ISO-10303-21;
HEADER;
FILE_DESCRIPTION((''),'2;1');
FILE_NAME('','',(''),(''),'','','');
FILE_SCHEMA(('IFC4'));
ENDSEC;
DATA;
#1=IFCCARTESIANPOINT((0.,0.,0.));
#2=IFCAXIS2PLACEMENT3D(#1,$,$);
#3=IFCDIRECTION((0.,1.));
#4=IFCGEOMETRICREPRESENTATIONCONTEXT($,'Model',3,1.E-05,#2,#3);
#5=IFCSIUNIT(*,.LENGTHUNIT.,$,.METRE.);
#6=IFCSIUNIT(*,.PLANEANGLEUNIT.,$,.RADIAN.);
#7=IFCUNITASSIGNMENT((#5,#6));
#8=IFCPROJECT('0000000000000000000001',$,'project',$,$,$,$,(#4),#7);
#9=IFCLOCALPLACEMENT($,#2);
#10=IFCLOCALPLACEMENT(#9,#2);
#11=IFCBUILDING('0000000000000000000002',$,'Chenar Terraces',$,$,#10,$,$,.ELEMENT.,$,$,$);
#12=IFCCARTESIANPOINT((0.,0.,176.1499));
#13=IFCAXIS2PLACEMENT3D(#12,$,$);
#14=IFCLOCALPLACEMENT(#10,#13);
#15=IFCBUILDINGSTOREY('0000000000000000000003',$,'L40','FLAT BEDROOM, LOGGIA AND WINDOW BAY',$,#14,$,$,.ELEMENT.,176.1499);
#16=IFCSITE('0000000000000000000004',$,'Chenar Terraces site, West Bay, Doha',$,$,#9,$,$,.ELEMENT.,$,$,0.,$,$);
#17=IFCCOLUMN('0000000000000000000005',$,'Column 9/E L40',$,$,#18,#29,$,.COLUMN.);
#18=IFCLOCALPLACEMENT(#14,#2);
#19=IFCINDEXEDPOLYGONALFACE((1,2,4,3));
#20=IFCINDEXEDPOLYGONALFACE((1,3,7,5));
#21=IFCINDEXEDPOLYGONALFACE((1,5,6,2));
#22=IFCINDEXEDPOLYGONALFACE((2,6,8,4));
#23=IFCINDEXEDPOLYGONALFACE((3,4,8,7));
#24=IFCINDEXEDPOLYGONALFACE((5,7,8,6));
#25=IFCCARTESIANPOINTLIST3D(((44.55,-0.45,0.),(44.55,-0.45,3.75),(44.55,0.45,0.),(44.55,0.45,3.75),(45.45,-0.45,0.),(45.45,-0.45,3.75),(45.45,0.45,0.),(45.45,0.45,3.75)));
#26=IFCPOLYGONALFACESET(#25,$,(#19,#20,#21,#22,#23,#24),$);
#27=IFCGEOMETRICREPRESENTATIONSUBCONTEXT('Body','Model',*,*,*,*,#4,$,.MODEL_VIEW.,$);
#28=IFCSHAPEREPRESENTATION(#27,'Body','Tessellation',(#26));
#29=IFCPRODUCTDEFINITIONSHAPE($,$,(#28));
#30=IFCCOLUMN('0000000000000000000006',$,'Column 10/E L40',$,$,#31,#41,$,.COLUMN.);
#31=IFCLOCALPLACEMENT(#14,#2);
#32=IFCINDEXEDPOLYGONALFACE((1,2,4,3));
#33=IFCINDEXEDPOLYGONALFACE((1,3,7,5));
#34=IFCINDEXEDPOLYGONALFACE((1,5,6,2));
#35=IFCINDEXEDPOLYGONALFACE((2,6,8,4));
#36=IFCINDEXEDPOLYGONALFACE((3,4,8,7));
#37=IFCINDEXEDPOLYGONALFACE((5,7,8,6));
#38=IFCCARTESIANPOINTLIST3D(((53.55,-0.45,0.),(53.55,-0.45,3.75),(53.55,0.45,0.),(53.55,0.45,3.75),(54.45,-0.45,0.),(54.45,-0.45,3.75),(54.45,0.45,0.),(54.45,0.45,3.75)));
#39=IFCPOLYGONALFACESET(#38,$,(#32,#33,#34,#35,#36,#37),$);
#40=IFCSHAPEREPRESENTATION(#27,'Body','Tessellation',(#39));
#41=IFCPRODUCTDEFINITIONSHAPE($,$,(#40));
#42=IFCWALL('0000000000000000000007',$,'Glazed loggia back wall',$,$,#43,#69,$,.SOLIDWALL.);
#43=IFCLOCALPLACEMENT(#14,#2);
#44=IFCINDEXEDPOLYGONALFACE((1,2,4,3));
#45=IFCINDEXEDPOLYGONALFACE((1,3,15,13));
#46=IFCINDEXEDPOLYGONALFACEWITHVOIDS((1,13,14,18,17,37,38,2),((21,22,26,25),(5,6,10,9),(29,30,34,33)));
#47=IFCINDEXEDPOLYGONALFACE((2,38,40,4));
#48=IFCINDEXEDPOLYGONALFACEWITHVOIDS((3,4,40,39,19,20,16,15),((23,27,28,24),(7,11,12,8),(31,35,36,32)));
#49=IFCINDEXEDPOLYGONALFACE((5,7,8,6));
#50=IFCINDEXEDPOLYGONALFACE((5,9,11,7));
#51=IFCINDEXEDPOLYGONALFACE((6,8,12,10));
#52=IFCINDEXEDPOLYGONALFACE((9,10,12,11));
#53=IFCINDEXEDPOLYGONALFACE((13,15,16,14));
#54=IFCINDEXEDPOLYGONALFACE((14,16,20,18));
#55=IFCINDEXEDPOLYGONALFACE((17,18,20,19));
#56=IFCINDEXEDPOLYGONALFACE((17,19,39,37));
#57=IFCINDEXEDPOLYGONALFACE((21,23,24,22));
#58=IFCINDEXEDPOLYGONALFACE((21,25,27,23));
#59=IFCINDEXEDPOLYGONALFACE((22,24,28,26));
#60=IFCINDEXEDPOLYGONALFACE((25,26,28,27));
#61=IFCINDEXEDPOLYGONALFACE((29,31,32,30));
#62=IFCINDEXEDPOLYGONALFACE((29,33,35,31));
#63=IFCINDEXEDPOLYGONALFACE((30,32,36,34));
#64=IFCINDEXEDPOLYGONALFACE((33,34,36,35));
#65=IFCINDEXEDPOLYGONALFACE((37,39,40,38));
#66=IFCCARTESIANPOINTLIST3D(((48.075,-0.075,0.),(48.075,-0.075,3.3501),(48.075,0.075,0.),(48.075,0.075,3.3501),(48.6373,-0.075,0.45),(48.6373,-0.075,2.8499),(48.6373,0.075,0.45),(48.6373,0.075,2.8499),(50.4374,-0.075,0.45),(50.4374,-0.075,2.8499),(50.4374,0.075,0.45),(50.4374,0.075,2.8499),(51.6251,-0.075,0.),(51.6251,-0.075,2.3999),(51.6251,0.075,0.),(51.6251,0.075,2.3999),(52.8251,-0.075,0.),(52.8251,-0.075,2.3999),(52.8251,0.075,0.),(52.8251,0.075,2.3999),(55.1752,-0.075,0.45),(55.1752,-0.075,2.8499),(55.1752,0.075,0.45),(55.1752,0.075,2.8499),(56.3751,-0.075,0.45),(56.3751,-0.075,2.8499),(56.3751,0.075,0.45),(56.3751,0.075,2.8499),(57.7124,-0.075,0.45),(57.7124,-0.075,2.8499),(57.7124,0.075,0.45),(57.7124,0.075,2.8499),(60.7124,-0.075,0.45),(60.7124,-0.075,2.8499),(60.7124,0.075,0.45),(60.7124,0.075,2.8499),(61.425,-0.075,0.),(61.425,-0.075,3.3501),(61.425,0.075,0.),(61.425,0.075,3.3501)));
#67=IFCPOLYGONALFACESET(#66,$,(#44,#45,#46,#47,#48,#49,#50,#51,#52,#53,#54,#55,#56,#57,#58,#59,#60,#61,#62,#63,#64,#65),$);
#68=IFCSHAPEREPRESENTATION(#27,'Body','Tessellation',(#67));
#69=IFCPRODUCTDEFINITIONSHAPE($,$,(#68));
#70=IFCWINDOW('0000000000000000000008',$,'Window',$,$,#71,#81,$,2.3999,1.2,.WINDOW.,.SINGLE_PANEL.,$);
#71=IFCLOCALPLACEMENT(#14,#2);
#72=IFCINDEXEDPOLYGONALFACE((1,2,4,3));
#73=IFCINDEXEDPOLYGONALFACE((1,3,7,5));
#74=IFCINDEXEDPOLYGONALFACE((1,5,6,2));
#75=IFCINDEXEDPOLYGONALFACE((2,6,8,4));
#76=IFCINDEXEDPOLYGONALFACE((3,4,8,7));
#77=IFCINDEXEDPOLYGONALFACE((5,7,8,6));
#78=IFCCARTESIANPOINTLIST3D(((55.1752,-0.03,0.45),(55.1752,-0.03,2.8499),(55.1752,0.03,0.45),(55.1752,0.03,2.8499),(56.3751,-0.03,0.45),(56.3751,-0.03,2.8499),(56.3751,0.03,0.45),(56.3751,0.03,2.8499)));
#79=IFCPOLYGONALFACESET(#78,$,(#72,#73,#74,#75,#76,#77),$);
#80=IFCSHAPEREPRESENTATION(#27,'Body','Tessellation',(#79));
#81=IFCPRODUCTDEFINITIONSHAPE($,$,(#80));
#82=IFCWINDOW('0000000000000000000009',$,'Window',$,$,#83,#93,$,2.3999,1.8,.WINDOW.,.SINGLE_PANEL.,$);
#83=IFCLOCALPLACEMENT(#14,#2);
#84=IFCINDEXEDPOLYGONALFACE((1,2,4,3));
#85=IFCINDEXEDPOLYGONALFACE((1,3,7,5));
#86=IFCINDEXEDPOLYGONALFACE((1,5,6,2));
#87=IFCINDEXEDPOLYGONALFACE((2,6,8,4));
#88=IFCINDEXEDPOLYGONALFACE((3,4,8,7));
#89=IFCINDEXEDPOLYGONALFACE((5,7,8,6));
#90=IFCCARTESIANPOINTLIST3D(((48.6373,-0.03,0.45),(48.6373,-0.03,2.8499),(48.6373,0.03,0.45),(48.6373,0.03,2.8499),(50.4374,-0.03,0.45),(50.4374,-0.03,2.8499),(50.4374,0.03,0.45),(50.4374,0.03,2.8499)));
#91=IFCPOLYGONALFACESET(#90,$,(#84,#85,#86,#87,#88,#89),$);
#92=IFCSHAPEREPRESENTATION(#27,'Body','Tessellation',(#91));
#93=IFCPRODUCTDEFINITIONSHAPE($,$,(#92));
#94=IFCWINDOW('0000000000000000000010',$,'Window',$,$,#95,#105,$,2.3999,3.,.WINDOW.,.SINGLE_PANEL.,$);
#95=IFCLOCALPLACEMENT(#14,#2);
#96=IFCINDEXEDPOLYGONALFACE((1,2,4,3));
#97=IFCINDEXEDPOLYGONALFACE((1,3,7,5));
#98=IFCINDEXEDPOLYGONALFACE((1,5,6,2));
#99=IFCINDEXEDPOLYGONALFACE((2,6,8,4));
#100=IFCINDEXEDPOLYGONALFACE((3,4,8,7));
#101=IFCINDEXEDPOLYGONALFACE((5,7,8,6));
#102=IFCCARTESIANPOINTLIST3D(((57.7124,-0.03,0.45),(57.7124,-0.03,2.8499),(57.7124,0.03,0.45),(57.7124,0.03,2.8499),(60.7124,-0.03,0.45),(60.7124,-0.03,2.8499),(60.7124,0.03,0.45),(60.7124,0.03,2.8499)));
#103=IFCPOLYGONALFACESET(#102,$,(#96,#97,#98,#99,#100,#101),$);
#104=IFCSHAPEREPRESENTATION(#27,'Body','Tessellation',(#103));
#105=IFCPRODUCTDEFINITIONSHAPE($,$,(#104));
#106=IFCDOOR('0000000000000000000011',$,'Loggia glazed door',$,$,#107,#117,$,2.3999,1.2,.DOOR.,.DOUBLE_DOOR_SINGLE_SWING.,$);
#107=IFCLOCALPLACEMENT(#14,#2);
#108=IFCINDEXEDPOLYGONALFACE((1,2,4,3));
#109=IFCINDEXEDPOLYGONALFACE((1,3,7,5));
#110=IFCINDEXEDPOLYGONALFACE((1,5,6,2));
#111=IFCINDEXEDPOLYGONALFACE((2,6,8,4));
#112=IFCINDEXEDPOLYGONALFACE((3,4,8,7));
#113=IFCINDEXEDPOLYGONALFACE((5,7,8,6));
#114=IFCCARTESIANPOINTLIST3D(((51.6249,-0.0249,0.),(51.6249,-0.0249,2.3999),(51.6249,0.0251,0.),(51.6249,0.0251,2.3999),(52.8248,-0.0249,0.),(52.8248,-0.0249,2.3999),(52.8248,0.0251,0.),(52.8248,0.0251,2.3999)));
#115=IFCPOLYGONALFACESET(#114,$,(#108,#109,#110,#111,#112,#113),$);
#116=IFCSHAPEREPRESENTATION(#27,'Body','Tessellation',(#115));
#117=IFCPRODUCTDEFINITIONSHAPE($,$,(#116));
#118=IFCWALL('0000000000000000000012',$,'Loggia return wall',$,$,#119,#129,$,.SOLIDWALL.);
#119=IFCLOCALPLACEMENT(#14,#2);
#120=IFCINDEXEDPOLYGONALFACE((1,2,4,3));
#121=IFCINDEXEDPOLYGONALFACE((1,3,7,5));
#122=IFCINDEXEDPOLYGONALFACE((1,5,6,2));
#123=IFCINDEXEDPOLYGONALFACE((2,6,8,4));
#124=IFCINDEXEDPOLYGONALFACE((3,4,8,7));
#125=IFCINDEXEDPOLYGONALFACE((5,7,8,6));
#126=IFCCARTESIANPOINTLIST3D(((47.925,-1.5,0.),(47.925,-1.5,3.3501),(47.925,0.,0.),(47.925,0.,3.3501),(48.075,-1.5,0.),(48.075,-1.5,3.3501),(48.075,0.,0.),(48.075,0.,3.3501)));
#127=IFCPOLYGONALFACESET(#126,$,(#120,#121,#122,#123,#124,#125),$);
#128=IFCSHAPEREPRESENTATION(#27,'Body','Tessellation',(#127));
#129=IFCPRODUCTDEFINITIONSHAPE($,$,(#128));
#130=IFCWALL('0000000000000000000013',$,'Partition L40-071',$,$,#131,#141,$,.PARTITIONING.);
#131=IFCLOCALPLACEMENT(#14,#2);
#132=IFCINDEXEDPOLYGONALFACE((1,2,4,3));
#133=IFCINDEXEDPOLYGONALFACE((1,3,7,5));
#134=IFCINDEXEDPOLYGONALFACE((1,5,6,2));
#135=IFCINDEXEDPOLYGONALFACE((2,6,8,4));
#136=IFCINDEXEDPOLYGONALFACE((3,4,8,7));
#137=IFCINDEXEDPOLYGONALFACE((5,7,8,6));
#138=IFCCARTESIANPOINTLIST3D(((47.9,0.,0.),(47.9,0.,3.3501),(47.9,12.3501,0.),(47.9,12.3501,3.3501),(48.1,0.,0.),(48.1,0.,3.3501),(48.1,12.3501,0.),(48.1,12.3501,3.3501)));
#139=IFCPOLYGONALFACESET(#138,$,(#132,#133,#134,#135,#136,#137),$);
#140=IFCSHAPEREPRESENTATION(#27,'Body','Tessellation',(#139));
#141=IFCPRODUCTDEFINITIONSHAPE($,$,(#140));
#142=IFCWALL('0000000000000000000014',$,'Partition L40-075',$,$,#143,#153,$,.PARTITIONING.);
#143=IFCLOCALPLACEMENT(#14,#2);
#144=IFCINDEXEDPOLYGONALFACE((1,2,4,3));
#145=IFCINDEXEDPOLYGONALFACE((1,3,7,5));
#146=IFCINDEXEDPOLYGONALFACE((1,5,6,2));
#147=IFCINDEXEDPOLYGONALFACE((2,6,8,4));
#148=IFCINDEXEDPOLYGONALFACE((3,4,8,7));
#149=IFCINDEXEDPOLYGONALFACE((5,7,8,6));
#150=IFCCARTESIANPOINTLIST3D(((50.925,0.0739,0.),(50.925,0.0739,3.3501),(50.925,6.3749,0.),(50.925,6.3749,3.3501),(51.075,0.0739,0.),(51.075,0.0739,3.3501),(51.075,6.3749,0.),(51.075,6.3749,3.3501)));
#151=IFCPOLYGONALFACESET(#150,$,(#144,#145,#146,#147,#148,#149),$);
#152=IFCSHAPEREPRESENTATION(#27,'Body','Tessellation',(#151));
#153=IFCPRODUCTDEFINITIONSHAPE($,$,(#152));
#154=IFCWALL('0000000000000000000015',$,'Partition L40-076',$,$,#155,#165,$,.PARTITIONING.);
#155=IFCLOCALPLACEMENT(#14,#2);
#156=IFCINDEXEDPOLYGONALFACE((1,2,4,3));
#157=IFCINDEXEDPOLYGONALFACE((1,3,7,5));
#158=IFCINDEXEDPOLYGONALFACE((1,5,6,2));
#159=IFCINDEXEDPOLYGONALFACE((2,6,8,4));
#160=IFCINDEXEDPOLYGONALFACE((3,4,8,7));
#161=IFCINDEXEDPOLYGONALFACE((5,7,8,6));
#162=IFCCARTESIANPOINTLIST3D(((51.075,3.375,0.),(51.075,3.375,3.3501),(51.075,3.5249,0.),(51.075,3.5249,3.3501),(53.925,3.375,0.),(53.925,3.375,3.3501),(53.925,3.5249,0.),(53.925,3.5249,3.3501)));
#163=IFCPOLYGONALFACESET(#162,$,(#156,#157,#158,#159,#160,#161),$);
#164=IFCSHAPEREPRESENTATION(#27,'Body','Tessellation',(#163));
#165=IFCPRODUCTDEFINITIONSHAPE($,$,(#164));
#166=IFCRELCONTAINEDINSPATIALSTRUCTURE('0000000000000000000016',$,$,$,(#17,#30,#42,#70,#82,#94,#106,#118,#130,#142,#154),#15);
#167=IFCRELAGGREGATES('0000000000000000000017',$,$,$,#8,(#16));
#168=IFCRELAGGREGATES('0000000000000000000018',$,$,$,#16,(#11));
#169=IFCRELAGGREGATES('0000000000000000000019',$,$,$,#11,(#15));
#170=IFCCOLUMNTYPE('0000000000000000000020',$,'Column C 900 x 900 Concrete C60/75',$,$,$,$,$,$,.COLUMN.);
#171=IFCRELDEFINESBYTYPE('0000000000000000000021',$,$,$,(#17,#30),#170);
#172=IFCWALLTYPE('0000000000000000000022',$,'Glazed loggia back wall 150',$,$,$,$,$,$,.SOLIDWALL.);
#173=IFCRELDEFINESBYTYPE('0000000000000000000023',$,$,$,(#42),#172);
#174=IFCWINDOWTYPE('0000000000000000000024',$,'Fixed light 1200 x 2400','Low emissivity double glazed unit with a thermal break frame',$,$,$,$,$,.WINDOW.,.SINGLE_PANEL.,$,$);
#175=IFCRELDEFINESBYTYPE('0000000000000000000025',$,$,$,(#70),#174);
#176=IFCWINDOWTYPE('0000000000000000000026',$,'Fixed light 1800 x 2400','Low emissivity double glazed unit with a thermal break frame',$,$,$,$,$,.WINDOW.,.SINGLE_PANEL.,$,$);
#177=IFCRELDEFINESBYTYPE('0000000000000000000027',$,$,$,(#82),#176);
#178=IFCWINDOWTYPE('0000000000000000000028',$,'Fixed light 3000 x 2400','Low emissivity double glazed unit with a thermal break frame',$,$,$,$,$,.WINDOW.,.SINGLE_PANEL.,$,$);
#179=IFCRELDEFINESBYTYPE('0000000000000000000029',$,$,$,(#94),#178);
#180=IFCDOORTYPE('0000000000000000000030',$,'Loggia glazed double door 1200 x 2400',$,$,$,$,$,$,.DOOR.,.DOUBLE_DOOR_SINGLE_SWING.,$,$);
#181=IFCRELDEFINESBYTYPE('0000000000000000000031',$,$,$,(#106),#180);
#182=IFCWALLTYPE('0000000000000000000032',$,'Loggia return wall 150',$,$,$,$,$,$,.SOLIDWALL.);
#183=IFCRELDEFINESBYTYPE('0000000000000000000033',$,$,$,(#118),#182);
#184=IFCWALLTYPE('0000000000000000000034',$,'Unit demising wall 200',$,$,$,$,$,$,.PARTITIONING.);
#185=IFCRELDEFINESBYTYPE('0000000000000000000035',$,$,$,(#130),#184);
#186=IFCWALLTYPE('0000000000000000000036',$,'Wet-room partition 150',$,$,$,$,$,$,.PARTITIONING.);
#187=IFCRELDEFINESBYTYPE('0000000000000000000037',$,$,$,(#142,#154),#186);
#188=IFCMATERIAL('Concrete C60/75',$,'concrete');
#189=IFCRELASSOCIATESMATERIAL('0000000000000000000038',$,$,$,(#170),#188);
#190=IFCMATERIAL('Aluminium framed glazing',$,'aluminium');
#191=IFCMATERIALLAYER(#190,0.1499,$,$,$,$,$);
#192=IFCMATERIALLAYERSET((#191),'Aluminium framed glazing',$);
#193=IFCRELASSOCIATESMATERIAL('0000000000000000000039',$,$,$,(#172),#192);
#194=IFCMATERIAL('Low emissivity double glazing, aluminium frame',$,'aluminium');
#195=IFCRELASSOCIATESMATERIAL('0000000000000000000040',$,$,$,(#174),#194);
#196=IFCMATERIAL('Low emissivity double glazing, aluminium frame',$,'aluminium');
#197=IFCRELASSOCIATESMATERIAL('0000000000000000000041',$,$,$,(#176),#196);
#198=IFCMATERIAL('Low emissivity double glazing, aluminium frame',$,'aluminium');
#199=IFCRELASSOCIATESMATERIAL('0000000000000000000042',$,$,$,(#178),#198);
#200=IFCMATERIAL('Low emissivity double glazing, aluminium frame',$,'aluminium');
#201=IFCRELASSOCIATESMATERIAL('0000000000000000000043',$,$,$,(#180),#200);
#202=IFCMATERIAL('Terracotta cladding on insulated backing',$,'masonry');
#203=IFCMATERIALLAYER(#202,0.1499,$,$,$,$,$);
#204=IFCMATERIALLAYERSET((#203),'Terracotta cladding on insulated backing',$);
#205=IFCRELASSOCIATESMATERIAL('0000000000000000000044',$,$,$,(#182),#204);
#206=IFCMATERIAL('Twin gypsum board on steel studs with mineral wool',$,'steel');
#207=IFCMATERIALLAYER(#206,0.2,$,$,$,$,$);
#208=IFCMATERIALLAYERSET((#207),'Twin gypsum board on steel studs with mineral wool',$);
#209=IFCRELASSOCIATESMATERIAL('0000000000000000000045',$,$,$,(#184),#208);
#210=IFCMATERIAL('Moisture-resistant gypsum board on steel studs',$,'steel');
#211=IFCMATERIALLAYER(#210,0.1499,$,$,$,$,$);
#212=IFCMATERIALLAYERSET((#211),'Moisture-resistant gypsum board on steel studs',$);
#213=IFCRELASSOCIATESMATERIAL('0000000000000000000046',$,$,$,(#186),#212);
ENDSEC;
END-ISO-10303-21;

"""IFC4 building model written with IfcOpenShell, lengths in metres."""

from ifc_helpers import new_model, si_unit, direction, frame, frame_2d, origin, origin_2d, place, context, subcontext, project, spatial, rectangle, extrude, material, layer, layer_set, material_profile, profile_set, type_object, element, fill, save


model = new_model("IFC4")

# Units and contexts
model_context = context("Model", 3, precision=1e-05, world=origin(), true_north=direction((0.0, 1.0)))
body_context = subcontext(model_context, "Body", "Model", "MODEL_VIEW")
ifc_project = project(units=[si_unit("LENGTHUNIT", "METRE"), si_unit("PLANEANGLEUNIT", "RADIAN")], contexts=[model_context])

# Site, building, storey
site_placement = place(None, origin())
site = spatial("IfcSite", under=ifc_project, at=site_placement, Name="Chenar Terraces site, West Bay, Doha", CompositionType="ELEMENT", RefElevation=0.0)
building_placement = place(site_placement, origin())
building = spatial("IfcBuilding", under=site, at=building_placement, Name="Chenar Terraces", CompositionType="ELEMENT")
storey_placement = place(building_placement, frame((0.0, 0.0, 176.1499)))
storey = spatial("IfcBuildingStorey", under=building, at=storey_placement, Name="L40", Description="FLAT BEDROOM, LOGGIA AND WINDOW BAY", CompositionType="ELEMENT", Elevation=176.1499)

# Columns
ifc_material_1 = material(Name="Concrete C60/75", Category="concrete")
ifc_material_profile = material_profile(ifc_material_1, rectangle(XDim=0.8999, YDim=0.8999, at=origin_2d()), Name="C 900 x 900")
ifc_profile_set = profile_set([ifc_material_profile], Name="Concrete C60/75")
column_type = type_object("IfcColumnType", Name="Column C 900 x 900 Concrete C60/75", PredefinedType="COLUMN", material=ifc_profile_set)
for number, where, z_axis, x_axis, name in (
    (1, (45.0, 0.0, 0.0), (0.0, 0.0, 1.0), (1.0, 0.0, 0.0), "Column 9/E L40"),
    (2, (54.0, 0.0, 0.0), (0.0, 0.0, 1.0), (1.0, 0.0, 0.0), "Column 10/E L40"),
):
    element("IfcColumn", number, at=place(storey_placement, frame(where, z_axis=z_axis, x_axis=x_axis)), inside=storey, type_object=column_type, Name=name, PredefinedType="COLUMN", context=body_context, shape_type="SweptSolid", body=[
        extrude(rectangle(XDim=0.8999, YDim=0.8999, at=origin_2d()), origin(), (0.0, 0.0, 1.0), 3.75),
    ])

# Wall, openings, windows, door
ifc_material_2 = material(Name="Aluminium framed glazing", Category="aluminium")
ifc_layer_1 = layer(ifc_material_2, 0.1499)
ifc_layer_set_1 = layer_set([ifc_layer_1], Name="Aluminium framed glazing")
wall_type_1 = type_object("IfcWallType", Name="Glazed loggia back wall 150", PredefinedType="SOLIDWALL", material=ifc_layer_set_1)
wall_1_placement = place(storey_placement, frame((48.075, 0.0, 0.0), z_axis=(0.0, 0.0, 1.0), x_axis=(1.0, 0.0, 0.0)))
wall_1 = element("IfcWall", 3, at=wall_1_placement, inside=storey, type_object=wall_type_1, Name="Glazed loggia back wall", PredefinedType="SOLIDWALL", context=body_context, shape_type="SweptSolid", body=[
    extrude(rectangle(XDim=13.3501, YDim=0.1499, at=frame_2d((6.675, 0.0))), origin(), (0.0, 0.0, 1.0), 3.3501),
])
opening_1_placement = place(wall_1_placement, frame((0.5625, 0.0, 0.45)))
opening_1 = element("IfcOpeningElement", 4, at=opening_1_placement, cuts=wall_1, PredefinedType="OPENING", context=body_context, shape_type="SweptSolid", body=[
    extrude(rectangle(XDim=1.8, YDim=2.3999, at=frame_2d((0.8999, 1.2))), frame((0.0, 0.085, 0.0), z_axis=(0.0, -1.0, 0.0), x_axis=(1.0, 0.0, 0.0)), (0.0, 0.0, 1.0), 0.1699),
])
opening_2_placement = place(wall_1_placement, frame((3.55, 0.0, 0.0)))
opening_2 = element("IfcOpeningElement", 5, at=opening_2_placement, cuts=wall_1, PredefinedType="OPENING", context=body_context, shape_type="SweptSolid", body=[
    extrude(rectangle(XDim=1.2, YDim=2.3999, at=frame_2d((0.6001, 1.2))), frame((0.0, 0.085, 0.0), z_axis=(0.0, -1.0, 0.0), x_axis=(1.0, 0.0, 0.0)), (0.0, 0.0, 1.0), 0.1699),
])
opening_3_placement = place(wall_1_placement, frame((7.1001, 0.0, 0.45)))
opening_3 = element("IfcOpeningElement", 6, at=opening_3_placement, cuts=wall_1, PredefinedType="OPENING", context=body_context, shape_type="SweptSolid", body=[
    extrude(rectangle(XDim=1.2, YDim=2.3999, at=frame_2d((0.6001, 1.2))), frame((0.0, 0.085, 0.0), z_axis=(0.0, -1.0, 0.0), x_axis=(1.0, 0.0, 0.0)), (0.0, 0.0, 1.0), 0.1699),
])
opening_4_placement = place(wall_1_placement, frame((9.6375, 0.0, 0.45)))
opening_4 = element("IfcOpeningElement", 7, at=opening_4_placement, cuts=wall_1, PredefinedType="OPENING", context=body_context, shape_type="SweptSolid", body=[
    extrude(rectangle(XDim=3.0, YDim=2.3999, at=frame_2d((1.5, 1.2))), frame((0.0, 0.085, 0.0), z_axis=(0.0, -1.0, 0.0), x_axis=(1.0, 0.0, 0.0)), (0.0, 0.0, 1.0), 0.1699),
])
ifc_material_3 = material(Name="Low emissivity double glazing, aluminium frame", Category="aluminium")
window_type_1 = type_object("IfcWindowType", Name="Fixed light 1200 x 2400", Description="Low emissivity double glazed unit with a thermal break frame", PartitioningType="SINGLE_PANEL", PredefinedType="WINDOW", material=ifc_material_3)
window_1_placement = place(opening_3_placement, origin())
window_1 = element("IfcWindow", 8, at=window_1_placement, inside=storey, type_object=window_type_1, Name="Window", OverallHeight=2.3999, OverallWidth=1.2, PartitioningType="SINGLE_PANEL", PredefinedType="WINDOW", context=body_context, shape_type="SweptSolid", body=[
    extrude(rectangle(XDim=1.2, YDim=2.3999, at=frame_2d((0.6001, 1.2))), frame((0.0, 0.03, 0.0), z_axis=(0.0, -1.0, 0.0), x_axis=(1.0, 0.0, 0.0)), (0.0, 0.0, 1.0), 0.0601),
])
fill(opening_3, window_1)
ifc_material_4 = material(Name="Low emissivity double glazing, aluminium frame", Category="aluminium")
window_type_2 = type_object("IfcWindowType", Name="Fixed light 1800 x 2400", Description="Low emissivity double glazed unit with a thermal break frame", PartitioningType="SINGLE_PANEL", PredefinedType="WINDOW", material=ifc_material_4)
window_2_placement = place(opening_1_placement, origin())
window_2 = element("IfcWindow", 9, at=window_2_placement, inside=storey, type_object=window_type_2, Name="Window", OverallHeight=2.3999, OverallWidth=1.8, PartitioningType="SINGLE_PANEL", PredefinedType="WINDOW", context=body_context, shape_type="SweptSolid", body=[
    extrude(rectangle(XDim=1.8, YDim=2.3999, at=frame_2d((0.8999, 1.2))), frame((0.0, 0.03, 0.0), z_axis=(0.0, -1.0, 0.0), x_axis=(1.0, 0.0, 0.0)), (0.0, 0.0, 1.0), 0.0601),
])
fill(opening_1, window_2)
ifc_material_5 = material(Name="Low emissivity double glazing, aluminium frame", Category="aluminium")
window_type_3 = type_object("IfcWindowType", Name="Fixed light 3000 x 2400", Description="Low emissivity double glazed unit with a thermal break frame", PartitioningType="SINGLE_PANEL", PredefinedType="WINDOW", material=ifc_material_5)
window_3_placement = place(opening_4_placement, origin())
window_3 = element("IfcWindow", 10, at=window_3_placement, inside=storey, type_object=window_type_3, Name="Window", OverallHeight=2.3999, OverallWidth=3.0, PartitioningType="SINGLE_PANEL", PredefinedType="WINDOW", context=body_context, shape_type="SweptSolid", body=[
    extrude(rectangle(XDim=3.0, YDim=2.3999, at=frame_2d((1.5, 1.2))), frame((0.0, 0.03, 0.0), z_axis=(0.0, -1.0, 0.0), x_axis=(1.0, 0.0, 0.0)), (0.0, 0.0, 1.0), 0.0601),
])
fill(opening_4, window_3)
ifc_material_6 = material(Name="Low emissivity double glazing, aluminium frame", Category="aluminium")
door_type = type_object("IfcDoorType", Name="Loggia glazed double door 1200 x 2400", OperationType="DOUBLE_DOOR_SINGLE_SWING", PredefinedType="DOOR", material=ifc_material_6)
door_placement = place(opening_2_placement, frame((1.2, 0.0, 0.0), z_axis=(0.0, 0.0, 1.0), x_axis=(-1.0, 0.0, 0.0)))
door = element("IfcDoor", 11, at=door_placement, inside=storey, type_object=door_type, Name="Loggia glazed door", OperationType="DOUBLE_DOOR_SINGLE_SWING", OverallHeight=2.3999, OverallWidth=1.2, PredefinedType="DOOR", context=body_context, shape_type="SweptSolid", body=[
    extrude(rectangle(XDim=1.2, YDim=2.3999, at=frame_2d((0.6001, 1.2))), frame((0.0, 0.0249, 0.0), z_axis=(0.0, -1.0, 0.0), x_axis=(1.0, 0.0, 0.0)), (0.0, 0.0, 1.0), 0.05),
])
fill(opening_2, door)

# Walls
ifc_material_7 = material(Name="Terracotta cladding on insulated backing", Category="masonry")
ifc_layer_2 = layer(ifc_material_7, 0.1499)
ifc_layer_set_2 = layer_set([ifc_layer_2], Name="Terracotta cladding on insulated backing")
wall_type_2 = type_object("IfcWallType", Name="Loggia return wall 150", PredefinedType="SOLIDWALL", material=ifc_layer_set_2)
wall_2_placement = place(storey_placement, frame((48.0, -1.5, 0.0), z_axis=(0.0, 0.0, 1.0), x_axis=(0.0, 1.0, 0.0)))
element("IfcWall", 12, at=wall_2_placement, inside=storey, type_object=wall_type_2, Name="Loggia return wall", PredefinedType="SOLIDWALL", context=body_context, shape_type="SweptSolid", body=[
    extrude(rectangle(XDim=1.5, YDim=0.1499, at=frame_2d((0.75, 0.0))), origin(), (0.0, 0.0, 1.0), 3.3501),
])
ifc_material_8 = material(Name="Twin gypsum board on steel studs with mineral wool", Category="steel")
ifc_layer_3 = layer(ifc_material_8, 0.2)
ifc_layer_set_3 = layer_set([ifc_layer_3], Name="Twin gypsum board on steel studs with mineral wool")
wall_type_3 = type_object("IfcWallType", Name="Unit demising wall 200", PredefinedType="PARTITIONING", material=ifc_layer_set_3)
wall_3_placement = place(storey_placement, frame((48.0, 0.0, 0.0), z_axis=(0.0, 0.0, 1.0), x_axis=(0.0, 1.0, 0.0)))
element("IfcWall", 13, at=wall_3_placement, inside=storey, type_object=wall_type_3, Name="Partition L40-071", PredefinedType="PARTITIONING", context=body_context, shape_type="SweptSolid", body=[
    extrude(rectangle(XDim=12.3501, YDim=0.2, at=frame_2d((6.175, 0.0))), origin(), (0.0, 0.0, 1.0), 3.3501),
])
ifc_material_9 = material(Name="Moisture-resistant gypsum board on steel studs", Category="steel")
ifc_layer_4 = layer(ifc_material_9, 0.1499)
ifc_layer_set_4 = layer_set([ifc_layer_4], Name="Moisture-resistant gypsum board on steel studs")
wall_type_4 = type_object("IfcWallType", Name="Wet-room partition 150", PredefinedType="PARTITIONING", material=ifc_layer_set_4)
wall_4_placement = place(storey_placement, frame((51.0, 0.074, 0.0), z_axis=(0.0, 0.0, 1.0), x_axis=(0.0, 1.0, 0.0)))
element("IfcWall", 14, at=wall_4_placement, inside=storey, type_object=wall_type_4, Name="Partition L40-075", PredefinedType="PARTITIONING", context=body_context, shape_type="SweptSolid", body=[
    extrude(rectangle(XDim=6.301, YDim=0.1499, at=frame_2d((3.1504, 0.0))), origin(), (0.0, 0.0, 1.0), 3.3501),
])
wall_5_placement = place(storey_placement, frame((51.075, 3.45, 0.0), z_axis=(0.0, 0.0, 1.0), x_axis=(1.0, 0.0, 0.0)))
element("IfcWall", 15, at=wall_5_placement, inside=storey, type_object=wall_type_4, Name="Partition L40-076", PredefinedType="PARTITIONING", context=body_context, shape_type="SweptSolid", body=[
    extrude(rectangle(XDim=2.8501, YDim=0.1499, at=frame_2d((1.425, 0.0))), origin(), (0.0, 0.0, 1.0), 3.3501),
])

save(model, "model.ifc")
